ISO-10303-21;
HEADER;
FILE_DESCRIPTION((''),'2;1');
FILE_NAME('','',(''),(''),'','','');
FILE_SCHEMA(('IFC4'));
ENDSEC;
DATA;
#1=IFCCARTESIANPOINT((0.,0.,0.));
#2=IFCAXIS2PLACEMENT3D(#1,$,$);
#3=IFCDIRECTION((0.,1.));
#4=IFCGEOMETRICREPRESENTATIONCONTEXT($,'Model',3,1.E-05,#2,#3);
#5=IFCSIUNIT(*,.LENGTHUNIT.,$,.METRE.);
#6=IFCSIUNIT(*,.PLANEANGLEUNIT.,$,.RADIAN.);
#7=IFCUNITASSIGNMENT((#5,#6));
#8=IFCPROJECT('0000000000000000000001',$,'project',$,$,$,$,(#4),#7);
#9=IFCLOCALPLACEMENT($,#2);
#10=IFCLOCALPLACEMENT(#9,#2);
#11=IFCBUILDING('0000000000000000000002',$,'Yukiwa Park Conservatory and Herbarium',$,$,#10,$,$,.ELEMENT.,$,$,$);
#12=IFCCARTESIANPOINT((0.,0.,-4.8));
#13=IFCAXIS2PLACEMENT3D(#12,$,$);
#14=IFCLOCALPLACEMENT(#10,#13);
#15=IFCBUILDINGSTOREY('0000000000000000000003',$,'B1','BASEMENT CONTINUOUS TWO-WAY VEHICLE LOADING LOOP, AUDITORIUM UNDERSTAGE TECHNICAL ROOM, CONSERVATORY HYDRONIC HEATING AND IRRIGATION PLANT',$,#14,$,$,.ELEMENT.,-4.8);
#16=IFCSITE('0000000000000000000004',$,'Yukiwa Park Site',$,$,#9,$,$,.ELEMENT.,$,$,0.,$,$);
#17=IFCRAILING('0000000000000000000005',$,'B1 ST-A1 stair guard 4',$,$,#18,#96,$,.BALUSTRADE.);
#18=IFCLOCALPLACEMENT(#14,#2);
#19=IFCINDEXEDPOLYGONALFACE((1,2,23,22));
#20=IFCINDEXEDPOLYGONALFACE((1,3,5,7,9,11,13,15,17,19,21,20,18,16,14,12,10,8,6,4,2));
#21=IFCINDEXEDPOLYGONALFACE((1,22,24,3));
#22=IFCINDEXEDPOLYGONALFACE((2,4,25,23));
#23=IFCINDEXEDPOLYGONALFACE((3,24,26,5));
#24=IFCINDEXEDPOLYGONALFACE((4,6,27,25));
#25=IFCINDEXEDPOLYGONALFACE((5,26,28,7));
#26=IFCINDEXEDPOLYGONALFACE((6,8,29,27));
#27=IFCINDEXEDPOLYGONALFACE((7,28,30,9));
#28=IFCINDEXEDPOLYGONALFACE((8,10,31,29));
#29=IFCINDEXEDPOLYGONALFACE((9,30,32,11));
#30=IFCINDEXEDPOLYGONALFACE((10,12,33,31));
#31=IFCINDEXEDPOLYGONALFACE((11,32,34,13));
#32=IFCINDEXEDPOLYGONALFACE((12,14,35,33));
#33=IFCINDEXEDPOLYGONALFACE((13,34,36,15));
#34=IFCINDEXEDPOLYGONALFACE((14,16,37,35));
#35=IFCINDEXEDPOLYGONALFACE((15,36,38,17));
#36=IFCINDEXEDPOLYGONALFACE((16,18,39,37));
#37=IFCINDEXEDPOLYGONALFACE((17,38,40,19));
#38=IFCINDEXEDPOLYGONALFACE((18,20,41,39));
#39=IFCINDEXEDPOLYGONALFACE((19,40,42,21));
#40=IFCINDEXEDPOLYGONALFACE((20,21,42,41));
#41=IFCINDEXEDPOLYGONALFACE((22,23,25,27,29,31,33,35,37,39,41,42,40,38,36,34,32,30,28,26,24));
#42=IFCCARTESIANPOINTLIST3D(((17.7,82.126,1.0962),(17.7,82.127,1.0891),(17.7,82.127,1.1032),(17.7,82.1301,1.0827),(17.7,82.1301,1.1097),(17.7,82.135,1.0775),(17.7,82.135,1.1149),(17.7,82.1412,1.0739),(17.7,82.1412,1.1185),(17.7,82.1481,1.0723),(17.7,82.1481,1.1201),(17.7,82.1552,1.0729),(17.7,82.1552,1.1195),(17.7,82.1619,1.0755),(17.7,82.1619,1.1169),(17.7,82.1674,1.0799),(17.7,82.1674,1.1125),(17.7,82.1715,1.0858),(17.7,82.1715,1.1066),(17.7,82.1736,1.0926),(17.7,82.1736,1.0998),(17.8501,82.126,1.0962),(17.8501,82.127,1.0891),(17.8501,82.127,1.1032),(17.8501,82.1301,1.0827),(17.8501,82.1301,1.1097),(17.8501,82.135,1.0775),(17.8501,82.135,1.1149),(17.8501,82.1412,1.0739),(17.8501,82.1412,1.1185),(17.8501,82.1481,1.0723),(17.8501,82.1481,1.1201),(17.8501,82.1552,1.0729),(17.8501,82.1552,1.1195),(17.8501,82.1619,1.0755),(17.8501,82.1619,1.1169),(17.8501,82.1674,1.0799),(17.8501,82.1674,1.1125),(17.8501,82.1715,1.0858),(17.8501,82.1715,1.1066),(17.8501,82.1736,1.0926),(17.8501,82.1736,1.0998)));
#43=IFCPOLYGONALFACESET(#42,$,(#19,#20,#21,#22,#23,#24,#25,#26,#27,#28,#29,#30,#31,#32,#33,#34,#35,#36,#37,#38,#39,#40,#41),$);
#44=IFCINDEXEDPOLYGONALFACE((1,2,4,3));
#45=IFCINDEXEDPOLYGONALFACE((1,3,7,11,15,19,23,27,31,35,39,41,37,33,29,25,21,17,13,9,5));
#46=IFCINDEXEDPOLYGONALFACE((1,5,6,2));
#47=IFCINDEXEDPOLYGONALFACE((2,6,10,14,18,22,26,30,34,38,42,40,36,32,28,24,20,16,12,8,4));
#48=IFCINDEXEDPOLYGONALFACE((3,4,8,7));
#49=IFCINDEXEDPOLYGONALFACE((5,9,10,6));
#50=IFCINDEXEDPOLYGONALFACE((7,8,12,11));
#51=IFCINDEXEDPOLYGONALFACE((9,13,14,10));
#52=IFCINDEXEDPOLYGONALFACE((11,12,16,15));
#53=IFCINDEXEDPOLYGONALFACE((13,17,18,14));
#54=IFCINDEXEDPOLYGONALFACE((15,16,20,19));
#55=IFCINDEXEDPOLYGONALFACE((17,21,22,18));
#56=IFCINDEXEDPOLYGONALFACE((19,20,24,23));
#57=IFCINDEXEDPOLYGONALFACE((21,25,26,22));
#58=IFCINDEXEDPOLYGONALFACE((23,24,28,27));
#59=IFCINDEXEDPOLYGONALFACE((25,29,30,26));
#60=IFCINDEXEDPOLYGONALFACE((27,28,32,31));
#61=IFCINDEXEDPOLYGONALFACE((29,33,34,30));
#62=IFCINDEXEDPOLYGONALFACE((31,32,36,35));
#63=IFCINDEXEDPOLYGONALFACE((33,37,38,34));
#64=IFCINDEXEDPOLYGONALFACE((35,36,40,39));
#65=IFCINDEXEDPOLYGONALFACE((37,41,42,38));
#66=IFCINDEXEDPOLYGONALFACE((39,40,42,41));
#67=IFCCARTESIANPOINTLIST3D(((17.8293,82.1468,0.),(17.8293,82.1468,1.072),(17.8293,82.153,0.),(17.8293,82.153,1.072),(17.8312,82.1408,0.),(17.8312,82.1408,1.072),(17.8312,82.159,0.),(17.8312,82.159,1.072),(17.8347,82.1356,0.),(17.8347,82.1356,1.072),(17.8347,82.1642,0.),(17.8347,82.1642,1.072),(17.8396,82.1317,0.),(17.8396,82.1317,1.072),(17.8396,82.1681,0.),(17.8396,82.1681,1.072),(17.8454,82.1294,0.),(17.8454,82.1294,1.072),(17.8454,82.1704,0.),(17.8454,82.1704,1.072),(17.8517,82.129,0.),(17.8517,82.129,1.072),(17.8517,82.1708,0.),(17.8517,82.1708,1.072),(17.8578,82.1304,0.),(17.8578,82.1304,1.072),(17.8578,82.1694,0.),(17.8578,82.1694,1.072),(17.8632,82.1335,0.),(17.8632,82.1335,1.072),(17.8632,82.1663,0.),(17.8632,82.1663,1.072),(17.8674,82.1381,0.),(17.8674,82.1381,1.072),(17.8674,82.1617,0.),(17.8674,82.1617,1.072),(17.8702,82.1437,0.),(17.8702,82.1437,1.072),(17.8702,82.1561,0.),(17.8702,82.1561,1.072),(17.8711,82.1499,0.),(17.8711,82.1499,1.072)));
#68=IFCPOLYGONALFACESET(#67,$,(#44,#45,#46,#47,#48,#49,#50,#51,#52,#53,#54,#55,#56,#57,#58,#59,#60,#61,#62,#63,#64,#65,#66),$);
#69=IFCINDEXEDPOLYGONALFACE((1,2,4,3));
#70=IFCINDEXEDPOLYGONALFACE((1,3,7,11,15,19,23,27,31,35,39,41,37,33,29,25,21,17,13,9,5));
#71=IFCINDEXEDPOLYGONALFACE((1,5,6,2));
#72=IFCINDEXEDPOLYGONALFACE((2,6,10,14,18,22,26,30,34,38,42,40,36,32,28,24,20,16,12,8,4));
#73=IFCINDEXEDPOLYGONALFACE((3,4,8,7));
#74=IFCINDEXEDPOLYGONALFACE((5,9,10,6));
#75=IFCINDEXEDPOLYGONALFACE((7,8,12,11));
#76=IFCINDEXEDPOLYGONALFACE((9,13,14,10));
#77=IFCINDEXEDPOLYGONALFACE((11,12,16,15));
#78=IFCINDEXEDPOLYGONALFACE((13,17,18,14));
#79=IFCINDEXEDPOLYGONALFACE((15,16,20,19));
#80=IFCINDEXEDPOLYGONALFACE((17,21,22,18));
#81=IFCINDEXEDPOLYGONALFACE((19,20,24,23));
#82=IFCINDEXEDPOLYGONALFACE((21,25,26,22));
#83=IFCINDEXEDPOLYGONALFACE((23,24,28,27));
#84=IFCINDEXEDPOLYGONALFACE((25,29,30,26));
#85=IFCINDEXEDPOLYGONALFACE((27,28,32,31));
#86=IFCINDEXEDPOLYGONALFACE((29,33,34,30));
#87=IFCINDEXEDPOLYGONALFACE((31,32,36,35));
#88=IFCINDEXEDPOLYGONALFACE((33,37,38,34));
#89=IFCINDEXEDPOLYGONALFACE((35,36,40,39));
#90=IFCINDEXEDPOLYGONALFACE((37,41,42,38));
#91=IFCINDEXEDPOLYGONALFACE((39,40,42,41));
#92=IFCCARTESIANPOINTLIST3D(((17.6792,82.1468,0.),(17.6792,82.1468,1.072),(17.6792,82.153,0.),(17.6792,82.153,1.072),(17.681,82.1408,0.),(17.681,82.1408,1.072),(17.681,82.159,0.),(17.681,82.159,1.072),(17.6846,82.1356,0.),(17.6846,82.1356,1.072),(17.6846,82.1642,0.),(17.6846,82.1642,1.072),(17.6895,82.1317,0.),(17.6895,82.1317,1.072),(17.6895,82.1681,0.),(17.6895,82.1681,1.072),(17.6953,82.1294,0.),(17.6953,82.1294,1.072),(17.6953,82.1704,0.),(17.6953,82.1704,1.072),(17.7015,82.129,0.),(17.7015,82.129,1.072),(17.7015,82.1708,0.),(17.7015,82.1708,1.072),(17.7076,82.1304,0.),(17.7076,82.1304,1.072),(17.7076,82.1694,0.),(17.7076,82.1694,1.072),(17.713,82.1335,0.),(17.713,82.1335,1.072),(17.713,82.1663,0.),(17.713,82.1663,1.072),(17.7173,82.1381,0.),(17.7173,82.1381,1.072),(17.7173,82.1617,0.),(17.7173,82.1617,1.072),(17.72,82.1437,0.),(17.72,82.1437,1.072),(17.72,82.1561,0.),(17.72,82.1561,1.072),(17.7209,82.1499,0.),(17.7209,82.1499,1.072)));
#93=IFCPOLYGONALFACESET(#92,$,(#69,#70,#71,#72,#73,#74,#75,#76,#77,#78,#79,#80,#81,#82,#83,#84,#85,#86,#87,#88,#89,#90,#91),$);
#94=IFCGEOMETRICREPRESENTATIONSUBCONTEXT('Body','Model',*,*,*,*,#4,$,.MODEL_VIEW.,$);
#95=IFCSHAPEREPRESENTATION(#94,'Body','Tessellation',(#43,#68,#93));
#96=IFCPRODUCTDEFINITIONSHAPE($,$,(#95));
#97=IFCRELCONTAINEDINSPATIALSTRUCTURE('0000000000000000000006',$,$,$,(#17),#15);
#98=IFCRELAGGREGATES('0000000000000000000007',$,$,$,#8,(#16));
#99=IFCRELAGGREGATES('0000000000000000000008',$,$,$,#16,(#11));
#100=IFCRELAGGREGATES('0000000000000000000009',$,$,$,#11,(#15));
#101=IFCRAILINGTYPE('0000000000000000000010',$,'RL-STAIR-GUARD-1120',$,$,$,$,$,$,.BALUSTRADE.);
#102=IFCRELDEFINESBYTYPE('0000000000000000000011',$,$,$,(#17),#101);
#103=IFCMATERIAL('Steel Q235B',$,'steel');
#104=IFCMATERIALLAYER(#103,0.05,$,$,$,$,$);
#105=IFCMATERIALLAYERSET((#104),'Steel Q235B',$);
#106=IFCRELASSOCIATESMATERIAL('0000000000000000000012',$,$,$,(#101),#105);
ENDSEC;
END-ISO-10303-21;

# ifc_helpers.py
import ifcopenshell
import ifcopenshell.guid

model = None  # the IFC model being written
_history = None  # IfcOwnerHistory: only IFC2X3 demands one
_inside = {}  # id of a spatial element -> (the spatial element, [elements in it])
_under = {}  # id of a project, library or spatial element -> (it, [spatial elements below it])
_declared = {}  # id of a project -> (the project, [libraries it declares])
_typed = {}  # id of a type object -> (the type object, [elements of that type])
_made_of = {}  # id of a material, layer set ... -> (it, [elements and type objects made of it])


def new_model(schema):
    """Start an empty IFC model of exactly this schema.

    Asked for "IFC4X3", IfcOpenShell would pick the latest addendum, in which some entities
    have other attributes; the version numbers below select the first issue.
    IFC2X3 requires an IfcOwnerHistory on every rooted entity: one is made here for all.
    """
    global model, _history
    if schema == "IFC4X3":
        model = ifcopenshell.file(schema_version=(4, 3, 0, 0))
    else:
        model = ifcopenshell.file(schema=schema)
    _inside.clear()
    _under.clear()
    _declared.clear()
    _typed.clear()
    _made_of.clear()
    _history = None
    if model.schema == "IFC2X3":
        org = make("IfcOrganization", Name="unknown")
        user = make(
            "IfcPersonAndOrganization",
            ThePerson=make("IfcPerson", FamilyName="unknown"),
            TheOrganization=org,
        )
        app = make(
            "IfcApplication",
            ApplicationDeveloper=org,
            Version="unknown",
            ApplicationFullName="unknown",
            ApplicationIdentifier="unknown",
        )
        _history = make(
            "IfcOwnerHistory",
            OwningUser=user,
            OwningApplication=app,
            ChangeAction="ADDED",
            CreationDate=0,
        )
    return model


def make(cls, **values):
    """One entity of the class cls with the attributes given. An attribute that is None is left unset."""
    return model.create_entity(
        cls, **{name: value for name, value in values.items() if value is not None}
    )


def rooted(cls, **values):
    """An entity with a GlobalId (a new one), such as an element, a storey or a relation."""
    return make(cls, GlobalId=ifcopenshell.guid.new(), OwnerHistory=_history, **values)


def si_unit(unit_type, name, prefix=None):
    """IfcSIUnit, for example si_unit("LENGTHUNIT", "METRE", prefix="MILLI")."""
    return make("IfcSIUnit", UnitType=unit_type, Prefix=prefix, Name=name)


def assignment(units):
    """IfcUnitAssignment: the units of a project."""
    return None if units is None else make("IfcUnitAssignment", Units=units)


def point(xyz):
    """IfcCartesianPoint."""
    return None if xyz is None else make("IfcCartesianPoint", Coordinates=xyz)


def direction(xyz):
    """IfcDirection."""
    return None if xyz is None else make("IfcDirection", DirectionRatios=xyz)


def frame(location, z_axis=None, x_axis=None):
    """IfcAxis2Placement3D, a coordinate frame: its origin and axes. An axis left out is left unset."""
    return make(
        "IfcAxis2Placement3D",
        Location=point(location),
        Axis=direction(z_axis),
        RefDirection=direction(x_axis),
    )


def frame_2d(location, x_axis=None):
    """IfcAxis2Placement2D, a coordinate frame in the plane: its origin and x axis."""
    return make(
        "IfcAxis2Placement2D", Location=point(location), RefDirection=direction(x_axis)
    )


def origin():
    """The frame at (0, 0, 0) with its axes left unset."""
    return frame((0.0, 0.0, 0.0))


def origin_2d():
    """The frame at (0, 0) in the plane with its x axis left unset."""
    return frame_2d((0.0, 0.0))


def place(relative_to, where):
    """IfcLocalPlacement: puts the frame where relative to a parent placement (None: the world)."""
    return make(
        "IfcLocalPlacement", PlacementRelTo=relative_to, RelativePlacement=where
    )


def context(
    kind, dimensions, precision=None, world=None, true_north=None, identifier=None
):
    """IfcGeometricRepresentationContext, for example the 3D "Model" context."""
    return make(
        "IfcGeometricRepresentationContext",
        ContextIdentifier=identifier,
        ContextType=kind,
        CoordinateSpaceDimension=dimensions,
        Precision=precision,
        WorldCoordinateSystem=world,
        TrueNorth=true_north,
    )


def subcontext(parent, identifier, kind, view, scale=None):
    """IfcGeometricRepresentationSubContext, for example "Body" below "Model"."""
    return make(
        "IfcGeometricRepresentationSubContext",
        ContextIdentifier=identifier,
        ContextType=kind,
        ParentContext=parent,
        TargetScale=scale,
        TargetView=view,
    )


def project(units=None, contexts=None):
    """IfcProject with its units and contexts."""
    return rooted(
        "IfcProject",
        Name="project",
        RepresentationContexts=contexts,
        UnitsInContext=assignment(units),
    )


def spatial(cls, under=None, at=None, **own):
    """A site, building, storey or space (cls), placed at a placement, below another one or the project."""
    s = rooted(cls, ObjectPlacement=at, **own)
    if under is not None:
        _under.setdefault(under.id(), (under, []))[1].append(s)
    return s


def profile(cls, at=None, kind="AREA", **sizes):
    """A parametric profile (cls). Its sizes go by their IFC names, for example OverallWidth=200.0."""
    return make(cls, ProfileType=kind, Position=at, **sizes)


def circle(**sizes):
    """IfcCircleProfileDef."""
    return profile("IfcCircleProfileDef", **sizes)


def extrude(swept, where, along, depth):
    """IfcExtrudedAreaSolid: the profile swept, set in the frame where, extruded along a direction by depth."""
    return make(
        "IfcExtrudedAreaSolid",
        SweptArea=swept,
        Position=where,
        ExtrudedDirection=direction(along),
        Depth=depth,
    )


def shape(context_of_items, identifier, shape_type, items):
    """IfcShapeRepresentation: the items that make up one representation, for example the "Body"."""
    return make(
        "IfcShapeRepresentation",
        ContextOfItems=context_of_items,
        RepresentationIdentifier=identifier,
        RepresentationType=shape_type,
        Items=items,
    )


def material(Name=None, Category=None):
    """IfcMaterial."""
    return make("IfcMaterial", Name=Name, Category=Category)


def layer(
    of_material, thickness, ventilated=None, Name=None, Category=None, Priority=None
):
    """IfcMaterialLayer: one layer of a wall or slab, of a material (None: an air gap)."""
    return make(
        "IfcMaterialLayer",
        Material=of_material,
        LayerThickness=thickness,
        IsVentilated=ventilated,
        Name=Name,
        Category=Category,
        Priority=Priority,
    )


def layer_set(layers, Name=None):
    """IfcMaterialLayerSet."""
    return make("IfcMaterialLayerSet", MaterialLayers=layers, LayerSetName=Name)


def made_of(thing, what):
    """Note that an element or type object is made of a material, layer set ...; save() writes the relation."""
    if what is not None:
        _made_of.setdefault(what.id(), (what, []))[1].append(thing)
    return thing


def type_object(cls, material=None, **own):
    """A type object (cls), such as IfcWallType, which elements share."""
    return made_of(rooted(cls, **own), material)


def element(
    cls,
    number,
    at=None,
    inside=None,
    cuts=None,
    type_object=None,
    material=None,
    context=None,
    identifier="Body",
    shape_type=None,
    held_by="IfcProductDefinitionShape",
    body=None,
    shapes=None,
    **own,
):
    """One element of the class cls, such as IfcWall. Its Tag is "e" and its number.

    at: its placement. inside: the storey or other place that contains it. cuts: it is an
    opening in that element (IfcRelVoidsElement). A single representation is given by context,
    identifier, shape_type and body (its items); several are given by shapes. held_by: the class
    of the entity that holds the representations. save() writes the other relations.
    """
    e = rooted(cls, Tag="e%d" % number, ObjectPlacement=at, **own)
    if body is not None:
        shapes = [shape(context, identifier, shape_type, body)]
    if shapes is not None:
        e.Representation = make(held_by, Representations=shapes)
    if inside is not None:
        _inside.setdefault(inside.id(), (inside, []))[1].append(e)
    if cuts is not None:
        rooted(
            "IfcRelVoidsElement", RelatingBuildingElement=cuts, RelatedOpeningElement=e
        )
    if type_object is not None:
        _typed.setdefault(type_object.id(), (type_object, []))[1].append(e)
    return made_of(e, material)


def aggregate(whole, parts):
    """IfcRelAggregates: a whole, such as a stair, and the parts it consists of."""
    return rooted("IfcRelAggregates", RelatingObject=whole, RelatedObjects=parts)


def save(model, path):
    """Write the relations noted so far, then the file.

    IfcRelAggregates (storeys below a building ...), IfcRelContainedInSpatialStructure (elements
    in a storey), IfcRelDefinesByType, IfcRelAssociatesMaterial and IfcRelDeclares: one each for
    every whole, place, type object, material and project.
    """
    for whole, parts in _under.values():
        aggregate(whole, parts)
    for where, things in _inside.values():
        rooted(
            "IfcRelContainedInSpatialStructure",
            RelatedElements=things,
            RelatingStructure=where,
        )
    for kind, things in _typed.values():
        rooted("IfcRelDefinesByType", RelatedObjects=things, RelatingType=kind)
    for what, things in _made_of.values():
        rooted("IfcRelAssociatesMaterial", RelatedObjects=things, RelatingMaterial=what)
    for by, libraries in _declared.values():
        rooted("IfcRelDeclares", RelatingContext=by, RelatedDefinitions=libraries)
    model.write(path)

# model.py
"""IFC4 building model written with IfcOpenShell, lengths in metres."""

from ifc_helpers import new_model, si_unit, direction, frame, origin, origin_2d, place, context, subcontext, project, spatial, circle, extrude, material, layer, layer_set, type_object, element, save


model = new_model("IFC4")

# Units and contexts
model_context = context("Model", 3, precision=1e-05, world=origin(), true_north=direction((0.0, 1.0)))
body_context = subcontext(model_context, "Body", "Model", "MODEL_VIEW")
ifc_project = project(units=[si_unit("LENGTHUNIT", "METRE"), si_unit("PLANEANGLEUNIT", "RADIAN")], contexts=[model_context])

# Site, building, storey
site_placement = place(None, origin())
site = spatial("IfcSite", under=ifc_project, at=site_placement, Name="Yukiwa Park Site", CompositionType="ELEMENT", RefElevation=0.0)
building_placement = place(site_placement, origin())
building = spatial("IfcBuilding", under=site, at=building_placement, Name="Yukiwa Park Conservatory and Herbarium", CompositionType="ELEMENT")
storey_placement = place(building_placement, frame((0.0, 0.0, -4.8)))
storey = spatial("IfcBuildingStorey", under=building, at=storey_placement, Name="B1", Description="BASEMENT CONTINUOUS TWO-WAY VEHICLE LOADING LOOP, AUDITORIUM UNDERSTAGE TECHNICAL ROOM, CONSERVATORY HYDRONIC HEATING AND IRRIGATION PLANT", CompositionType="ELEMENT", Elevation=-4.8)

# Railing
ifc_material_1 = material(Name="Steel Q235B", Category="steel")
ifc_layer_1 = layer(ifc_material_1, 0.05)
ifc_layer_set_1 = layer_set([ifc_layer_1], Name="Steel Q235B")
railing_type_1 = type_object("IfcRailingType", Name="RL-STAIR-GUARD-1120", PredefinedType="BALUSTRADE", material=ifc_layer_set_1)
railing_1_placement = place(storey_placement, frame((17.8501, 82.1499, 0.0)))
element("IfcRailing", 1, at=railing_1_placement, inside=storey, type_object=railing_type_1, Name="B1 ST-A1 stair guard 4", PredefinedType="BALUSTRADE", context=body_context, shape_type="SweptSolid", body=[
    extrude(circle(Radius=0.0239, at=origin_2d()), frame((0.0, 0.0, 1.0962), z_axis=(-1.0, 0.0, 0.0), x_axis=(0.0, -1.0, 0.0)), (0.0, 0.0, 1.0), 0.1501),
    extrude(circle(Radius=0.021, at=origin_2d()), origin(), (0.0, 0.0, 1.0), 1.072),
    extrude(circle(Radius=0.021, at=origin_2d()), frame((-0.1501, 0.0, 0.0)), (0.0, 0.0, 1.0), 1.072),
])

save(model, "model.ifc")
